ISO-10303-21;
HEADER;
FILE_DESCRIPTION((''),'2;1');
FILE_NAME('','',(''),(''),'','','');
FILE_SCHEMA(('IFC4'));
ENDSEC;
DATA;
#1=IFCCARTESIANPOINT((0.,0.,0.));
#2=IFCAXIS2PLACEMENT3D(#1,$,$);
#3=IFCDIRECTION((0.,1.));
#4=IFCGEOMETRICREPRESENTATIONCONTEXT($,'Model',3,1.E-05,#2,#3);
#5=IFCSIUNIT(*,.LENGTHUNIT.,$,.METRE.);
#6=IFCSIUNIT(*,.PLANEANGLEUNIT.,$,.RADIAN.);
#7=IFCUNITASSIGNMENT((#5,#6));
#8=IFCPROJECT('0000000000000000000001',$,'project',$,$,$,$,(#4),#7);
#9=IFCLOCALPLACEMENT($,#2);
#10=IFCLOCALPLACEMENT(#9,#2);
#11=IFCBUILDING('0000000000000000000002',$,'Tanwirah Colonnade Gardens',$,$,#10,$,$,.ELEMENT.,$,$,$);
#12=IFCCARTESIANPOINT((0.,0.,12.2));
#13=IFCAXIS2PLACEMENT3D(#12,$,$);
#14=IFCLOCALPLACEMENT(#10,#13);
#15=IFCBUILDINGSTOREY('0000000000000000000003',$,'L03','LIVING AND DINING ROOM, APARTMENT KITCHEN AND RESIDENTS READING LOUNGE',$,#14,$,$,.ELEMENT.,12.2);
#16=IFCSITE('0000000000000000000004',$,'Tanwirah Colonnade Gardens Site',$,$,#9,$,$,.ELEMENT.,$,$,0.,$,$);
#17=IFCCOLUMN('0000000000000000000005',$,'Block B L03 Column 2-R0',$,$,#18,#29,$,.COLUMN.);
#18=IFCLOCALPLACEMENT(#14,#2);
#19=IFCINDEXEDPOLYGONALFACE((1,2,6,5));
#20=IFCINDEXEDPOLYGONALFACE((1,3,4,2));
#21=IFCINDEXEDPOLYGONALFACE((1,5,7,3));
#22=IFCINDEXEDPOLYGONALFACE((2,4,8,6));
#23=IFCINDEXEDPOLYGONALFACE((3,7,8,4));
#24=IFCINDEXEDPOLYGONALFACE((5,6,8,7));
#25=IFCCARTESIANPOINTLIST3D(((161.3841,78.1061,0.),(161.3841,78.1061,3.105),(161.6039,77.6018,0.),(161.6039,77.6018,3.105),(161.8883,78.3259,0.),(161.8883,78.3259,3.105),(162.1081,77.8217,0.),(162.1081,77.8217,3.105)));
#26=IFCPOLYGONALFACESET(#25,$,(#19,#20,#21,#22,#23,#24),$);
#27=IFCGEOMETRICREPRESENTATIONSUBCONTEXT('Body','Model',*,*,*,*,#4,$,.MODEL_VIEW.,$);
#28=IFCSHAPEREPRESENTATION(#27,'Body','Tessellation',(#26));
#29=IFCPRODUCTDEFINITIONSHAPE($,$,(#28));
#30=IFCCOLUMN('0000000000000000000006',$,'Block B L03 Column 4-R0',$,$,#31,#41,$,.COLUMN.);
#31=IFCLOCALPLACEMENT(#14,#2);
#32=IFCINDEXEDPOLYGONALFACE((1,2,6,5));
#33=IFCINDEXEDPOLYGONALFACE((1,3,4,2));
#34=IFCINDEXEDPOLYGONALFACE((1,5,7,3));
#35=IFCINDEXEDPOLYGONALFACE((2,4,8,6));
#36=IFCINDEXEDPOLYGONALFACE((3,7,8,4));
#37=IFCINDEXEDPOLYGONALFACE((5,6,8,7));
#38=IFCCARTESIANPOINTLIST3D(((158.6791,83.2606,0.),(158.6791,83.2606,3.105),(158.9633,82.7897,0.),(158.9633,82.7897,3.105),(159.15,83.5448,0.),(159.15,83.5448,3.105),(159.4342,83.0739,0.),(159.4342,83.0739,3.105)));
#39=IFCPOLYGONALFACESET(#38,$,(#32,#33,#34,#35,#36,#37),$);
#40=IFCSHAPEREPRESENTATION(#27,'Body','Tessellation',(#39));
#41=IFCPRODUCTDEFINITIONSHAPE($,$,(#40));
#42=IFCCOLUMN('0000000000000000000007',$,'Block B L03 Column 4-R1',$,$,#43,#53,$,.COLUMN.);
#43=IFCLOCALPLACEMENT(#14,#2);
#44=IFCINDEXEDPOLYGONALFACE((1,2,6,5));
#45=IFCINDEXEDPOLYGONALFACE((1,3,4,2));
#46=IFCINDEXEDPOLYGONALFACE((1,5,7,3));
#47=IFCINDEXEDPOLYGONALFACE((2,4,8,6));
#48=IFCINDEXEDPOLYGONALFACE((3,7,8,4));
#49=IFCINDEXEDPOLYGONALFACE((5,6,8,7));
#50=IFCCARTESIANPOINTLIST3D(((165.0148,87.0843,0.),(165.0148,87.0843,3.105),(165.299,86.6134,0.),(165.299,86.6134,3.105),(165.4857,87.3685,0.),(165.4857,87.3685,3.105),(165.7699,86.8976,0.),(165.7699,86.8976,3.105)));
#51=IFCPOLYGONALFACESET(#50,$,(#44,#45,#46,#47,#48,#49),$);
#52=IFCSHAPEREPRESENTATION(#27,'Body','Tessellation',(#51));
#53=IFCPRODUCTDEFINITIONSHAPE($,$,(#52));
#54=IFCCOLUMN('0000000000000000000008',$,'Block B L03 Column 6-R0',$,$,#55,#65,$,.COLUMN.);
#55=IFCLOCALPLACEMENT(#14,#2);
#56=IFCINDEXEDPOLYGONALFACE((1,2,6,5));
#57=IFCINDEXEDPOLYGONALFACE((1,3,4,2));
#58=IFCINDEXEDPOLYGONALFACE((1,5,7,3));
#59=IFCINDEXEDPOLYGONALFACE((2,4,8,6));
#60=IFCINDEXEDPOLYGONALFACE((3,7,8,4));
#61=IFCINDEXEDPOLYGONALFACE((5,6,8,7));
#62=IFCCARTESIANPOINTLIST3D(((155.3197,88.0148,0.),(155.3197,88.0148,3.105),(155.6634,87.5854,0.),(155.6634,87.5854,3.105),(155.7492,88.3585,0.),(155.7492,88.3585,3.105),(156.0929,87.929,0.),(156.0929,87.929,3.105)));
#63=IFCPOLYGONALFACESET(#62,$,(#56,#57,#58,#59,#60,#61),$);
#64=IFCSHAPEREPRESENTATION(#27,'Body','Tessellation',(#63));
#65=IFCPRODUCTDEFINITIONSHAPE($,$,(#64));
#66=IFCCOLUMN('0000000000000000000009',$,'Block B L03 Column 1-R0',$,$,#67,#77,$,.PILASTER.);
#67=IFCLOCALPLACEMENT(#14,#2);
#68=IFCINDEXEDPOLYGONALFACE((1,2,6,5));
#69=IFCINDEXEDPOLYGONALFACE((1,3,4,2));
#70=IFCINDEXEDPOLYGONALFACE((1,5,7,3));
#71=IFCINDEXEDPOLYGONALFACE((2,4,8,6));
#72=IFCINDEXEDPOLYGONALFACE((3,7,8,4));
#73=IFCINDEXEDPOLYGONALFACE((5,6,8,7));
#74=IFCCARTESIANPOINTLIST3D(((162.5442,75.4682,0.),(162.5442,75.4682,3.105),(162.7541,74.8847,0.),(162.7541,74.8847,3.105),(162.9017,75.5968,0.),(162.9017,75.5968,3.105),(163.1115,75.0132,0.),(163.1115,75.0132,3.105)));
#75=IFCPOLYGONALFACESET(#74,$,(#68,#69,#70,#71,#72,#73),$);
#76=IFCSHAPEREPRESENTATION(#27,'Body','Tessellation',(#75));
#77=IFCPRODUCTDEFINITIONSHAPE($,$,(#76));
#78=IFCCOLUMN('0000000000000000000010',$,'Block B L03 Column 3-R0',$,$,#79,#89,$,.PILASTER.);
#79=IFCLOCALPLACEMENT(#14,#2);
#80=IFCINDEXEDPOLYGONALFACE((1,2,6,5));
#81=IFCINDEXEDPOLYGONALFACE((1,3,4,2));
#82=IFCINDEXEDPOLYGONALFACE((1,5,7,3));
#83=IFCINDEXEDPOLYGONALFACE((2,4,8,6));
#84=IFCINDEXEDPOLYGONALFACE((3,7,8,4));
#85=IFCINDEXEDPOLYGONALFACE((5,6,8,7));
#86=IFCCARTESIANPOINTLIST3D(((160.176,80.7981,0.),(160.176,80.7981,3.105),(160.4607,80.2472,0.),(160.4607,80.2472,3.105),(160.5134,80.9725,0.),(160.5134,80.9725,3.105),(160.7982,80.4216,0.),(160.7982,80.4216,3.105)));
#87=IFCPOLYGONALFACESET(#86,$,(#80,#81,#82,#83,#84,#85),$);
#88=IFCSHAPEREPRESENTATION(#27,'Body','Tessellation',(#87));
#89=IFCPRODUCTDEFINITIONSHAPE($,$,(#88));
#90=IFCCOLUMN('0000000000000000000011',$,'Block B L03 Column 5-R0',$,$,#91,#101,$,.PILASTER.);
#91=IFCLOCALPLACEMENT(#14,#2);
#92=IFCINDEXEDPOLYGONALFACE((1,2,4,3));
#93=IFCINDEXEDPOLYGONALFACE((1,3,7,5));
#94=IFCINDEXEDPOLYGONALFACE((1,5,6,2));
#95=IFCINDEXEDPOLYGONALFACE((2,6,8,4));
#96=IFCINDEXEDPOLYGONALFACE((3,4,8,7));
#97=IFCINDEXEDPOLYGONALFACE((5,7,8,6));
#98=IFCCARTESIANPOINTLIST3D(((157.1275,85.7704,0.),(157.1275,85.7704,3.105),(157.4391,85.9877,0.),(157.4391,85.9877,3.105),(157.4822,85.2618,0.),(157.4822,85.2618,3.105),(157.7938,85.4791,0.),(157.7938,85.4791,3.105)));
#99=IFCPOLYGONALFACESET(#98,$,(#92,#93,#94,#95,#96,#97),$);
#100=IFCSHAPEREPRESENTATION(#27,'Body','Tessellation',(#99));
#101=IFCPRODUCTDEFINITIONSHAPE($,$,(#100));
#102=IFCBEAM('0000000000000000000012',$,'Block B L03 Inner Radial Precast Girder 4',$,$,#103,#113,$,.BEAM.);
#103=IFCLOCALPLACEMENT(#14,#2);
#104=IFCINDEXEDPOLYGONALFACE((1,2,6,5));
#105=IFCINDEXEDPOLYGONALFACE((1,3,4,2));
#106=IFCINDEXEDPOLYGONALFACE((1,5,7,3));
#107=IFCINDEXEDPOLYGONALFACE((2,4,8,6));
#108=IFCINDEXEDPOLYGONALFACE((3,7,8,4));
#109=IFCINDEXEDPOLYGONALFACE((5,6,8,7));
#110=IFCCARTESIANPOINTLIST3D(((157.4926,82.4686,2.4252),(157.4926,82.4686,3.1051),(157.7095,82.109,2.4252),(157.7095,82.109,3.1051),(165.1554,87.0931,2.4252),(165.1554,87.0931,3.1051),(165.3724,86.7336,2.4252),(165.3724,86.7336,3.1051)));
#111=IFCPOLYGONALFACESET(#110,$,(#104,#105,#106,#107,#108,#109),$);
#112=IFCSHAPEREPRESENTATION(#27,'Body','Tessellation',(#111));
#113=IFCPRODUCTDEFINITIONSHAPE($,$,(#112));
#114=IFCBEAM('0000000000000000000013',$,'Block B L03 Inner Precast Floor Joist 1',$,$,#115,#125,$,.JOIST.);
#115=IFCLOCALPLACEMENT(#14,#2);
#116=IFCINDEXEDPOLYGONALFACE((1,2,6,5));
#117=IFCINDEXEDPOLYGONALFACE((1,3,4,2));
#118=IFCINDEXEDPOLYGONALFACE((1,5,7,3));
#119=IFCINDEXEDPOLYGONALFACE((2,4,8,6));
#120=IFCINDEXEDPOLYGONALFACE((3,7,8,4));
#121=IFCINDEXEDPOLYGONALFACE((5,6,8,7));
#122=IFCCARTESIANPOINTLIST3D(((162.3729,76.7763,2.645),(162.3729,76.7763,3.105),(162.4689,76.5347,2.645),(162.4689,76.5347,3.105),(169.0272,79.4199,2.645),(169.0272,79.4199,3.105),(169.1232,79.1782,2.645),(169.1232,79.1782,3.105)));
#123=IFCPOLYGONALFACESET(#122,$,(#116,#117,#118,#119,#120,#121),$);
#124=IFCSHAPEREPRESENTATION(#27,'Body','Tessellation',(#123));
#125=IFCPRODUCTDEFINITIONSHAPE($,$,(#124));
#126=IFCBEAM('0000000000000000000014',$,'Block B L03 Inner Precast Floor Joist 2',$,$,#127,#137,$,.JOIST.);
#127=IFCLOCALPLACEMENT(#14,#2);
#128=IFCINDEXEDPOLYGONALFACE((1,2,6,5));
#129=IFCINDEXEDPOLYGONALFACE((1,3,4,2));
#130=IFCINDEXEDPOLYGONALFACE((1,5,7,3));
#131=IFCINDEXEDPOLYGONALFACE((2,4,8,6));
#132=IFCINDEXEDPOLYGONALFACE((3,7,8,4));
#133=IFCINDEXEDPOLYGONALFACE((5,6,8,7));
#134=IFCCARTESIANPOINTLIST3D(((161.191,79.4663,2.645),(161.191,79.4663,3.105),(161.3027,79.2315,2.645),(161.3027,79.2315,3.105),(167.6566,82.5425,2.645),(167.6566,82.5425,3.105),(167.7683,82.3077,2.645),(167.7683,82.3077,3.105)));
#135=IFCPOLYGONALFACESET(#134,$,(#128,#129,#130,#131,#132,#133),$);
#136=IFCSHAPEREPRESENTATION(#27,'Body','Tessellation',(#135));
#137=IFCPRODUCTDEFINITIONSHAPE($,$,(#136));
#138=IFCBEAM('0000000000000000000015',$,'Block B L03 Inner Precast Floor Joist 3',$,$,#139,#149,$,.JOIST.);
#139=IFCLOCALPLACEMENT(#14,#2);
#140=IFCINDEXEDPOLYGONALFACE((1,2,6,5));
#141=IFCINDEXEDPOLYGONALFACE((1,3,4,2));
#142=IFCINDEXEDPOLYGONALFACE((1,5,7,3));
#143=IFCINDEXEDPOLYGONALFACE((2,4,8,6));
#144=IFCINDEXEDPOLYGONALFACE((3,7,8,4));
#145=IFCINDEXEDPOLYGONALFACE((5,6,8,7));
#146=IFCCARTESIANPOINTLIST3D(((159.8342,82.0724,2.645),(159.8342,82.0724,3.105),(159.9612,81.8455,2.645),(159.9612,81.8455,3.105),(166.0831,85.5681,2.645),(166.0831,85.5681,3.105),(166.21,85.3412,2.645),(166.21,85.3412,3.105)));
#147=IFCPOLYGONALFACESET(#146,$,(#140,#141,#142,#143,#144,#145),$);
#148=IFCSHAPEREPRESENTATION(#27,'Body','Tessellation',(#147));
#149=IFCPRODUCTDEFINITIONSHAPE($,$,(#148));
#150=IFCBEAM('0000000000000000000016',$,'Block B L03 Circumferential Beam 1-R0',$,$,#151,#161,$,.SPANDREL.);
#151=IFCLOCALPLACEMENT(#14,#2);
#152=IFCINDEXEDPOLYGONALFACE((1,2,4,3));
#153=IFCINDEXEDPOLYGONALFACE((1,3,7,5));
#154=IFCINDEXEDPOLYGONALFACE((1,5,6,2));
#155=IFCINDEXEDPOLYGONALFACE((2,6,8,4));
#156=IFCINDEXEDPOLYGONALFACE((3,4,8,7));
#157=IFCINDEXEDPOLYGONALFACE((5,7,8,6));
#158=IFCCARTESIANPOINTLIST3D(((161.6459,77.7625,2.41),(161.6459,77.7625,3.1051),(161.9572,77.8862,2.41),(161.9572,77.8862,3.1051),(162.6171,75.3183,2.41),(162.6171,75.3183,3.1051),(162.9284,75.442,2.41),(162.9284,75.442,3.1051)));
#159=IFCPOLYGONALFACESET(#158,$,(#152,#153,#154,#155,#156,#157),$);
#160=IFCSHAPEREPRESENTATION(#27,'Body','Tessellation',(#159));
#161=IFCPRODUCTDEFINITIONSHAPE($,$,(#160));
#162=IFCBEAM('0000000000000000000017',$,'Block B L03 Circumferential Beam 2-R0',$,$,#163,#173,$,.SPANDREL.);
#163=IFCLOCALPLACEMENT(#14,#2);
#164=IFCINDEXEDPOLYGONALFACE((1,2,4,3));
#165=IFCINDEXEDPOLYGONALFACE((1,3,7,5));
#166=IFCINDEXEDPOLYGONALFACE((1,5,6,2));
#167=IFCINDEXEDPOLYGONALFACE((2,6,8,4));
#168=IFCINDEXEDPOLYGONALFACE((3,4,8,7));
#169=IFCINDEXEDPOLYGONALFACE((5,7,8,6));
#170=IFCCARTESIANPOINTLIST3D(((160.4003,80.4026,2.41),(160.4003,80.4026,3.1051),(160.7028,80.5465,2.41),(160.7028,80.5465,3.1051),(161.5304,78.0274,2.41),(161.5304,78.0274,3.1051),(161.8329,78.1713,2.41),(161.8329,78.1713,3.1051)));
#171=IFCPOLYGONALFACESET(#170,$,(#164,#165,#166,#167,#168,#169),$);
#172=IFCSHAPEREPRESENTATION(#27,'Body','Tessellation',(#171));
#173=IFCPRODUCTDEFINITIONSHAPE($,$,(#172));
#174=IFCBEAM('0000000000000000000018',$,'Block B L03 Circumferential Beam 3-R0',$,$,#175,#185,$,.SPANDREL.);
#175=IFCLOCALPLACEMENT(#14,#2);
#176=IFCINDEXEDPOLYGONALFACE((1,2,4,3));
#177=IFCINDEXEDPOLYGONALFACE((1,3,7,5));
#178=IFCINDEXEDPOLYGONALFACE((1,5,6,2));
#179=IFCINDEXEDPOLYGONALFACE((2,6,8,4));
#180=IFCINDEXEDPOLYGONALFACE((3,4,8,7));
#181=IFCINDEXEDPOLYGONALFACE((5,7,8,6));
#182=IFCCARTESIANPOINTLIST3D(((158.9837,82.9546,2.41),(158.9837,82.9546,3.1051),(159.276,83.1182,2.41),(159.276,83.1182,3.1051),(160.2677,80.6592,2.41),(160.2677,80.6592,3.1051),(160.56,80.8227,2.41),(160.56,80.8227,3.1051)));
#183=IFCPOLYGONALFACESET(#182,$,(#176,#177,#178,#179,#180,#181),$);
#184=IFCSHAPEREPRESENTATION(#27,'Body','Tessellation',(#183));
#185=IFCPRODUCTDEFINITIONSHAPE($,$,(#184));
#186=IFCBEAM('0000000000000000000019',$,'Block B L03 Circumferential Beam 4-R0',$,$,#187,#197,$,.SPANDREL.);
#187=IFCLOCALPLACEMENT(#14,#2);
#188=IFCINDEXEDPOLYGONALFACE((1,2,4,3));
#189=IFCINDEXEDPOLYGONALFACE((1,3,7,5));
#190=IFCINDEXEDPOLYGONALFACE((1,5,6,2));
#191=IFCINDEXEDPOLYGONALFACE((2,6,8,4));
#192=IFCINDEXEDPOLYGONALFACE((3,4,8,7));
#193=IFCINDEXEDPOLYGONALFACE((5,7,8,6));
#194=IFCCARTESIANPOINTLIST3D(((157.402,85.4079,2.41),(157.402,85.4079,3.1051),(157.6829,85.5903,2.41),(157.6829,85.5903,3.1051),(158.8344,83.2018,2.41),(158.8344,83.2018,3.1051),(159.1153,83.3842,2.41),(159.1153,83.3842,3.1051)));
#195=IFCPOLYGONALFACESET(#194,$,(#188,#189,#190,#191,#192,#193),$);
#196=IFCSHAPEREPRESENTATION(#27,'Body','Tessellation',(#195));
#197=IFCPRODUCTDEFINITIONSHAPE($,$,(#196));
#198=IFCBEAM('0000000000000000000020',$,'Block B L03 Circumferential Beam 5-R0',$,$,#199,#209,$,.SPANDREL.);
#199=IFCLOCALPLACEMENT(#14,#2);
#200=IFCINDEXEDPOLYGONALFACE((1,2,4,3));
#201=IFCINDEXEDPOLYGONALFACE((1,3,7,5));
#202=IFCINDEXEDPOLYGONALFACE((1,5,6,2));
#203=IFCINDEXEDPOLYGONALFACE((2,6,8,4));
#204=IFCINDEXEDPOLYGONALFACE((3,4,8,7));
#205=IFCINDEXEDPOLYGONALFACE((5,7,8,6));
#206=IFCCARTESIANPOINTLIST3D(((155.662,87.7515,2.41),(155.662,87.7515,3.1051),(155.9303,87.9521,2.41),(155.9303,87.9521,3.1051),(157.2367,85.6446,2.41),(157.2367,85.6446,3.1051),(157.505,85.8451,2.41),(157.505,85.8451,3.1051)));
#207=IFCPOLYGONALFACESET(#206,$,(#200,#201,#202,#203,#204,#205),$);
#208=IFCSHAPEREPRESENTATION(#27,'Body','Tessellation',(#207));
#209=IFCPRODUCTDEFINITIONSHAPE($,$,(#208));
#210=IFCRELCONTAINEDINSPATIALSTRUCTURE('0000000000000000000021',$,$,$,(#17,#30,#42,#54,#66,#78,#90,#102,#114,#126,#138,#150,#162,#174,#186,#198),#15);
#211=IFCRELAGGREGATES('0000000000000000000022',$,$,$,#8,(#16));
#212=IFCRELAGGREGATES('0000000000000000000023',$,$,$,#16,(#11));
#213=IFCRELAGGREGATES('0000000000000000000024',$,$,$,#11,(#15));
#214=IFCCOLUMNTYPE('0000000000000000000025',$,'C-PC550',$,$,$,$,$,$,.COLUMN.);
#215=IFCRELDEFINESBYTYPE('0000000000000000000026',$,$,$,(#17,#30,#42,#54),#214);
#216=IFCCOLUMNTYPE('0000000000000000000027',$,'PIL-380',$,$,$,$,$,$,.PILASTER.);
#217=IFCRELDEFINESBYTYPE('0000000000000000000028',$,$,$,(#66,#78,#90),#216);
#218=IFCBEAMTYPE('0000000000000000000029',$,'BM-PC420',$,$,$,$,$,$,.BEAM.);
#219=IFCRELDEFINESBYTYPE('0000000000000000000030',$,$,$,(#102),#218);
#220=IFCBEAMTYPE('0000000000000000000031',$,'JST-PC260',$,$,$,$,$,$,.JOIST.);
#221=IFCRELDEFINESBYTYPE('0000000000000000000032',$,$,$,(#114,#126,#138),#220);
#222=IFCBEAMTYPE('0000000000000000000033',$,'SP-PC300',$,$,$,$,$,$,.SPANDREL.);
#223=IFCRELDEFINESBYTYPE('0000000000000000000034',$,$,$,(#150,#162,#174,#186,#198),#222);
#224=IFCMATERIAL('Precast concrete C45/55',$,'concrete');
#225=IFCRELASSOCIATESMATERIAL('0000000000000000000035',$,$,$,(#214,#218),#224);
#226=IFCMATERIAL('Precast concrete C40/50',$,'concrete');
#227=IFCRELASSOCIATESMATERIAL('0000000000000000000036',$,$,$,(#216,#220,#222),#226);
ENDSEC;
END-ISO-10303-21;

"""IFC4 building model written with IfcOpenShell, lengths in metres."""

from ifc_helpers import new_model, si_unit, direction, frame, origin, origin_2d, place, context, subcontext, project, spatial, rectangle, extrude, material, material_profile, profile_set, type_object, element, save


model = new_model("IFC4")

# Units and contexts
model_context = context("Model", 3, precision=1e-05, world=origin(), true_north=direction((0.0, 1.0)))
body_context = subcontext(model_context, "Body", "Model", "MODEL_VIEW")
ifc_project = project(units=[si_unit("LENGTHUNIT", "METRE"), si_unit("PLANEANGLEUNIT", "RADIAN")], contexts=[model_context])

# Site, building, storey
site_placement = place(None, origin())
site = spatial("IfcSite", under=ifc_project, at=site_placement, Name="Tanwirah Colonnade Gardens Site", CompositionType="ELEMENT", RefElevation=0.0)
building_placement = place(site_placement, origin())
building = spatial("IfcBuilding", under=site, at=building_placement, Name="Tanwirah Colonnade Gardens", CompositionType="ELEMENT")
storey_placement = place(building_placement, frame((0.0, 0.0, 12.2)))
storey = spatial("IfcBuildingStorey", under=building, at=storey_placement, Name="L03", Description="LIVING AND DINING ROOM, APARTMENT KITCHEN AND RESIDENTS READING LOUNGE", CompositionType="ELEMENT", Elevation=12.2)

# Columns
ifc_material_1 = material(Name="Precast concrete C45/55", Category="concrete")
ifc_material_profile_1 = material_profile(ifc_material_1, rectangle(XDim=0.55, YDim=0.55, at=origin_2d()), Name="PC-COL 550x550")
ifc_profile_set_1 = profile_set([ifc_material_profile_1], Name="Precast concrete C45/55")
column_type_1 = type_object("IfcColumnType", Name="C-PC550", PredefinedType="COLUMN", material=ifc_profile_set_1)
for number, where, z_axis, x_axis, name in (
    (1, (161.7461, 77.9639, 0.0), (0.0, 0.0, 1.0), (0.916673, 0.399638, 0.0), "Block B L03 Column 2-R0"),
    (2, (159.0566, 83.1672, 0.0), (0.0, 0.0, 1.0), (0.856167, 0.516699, 0.0), "Block B L03 Column 4-R0"),
    (3, (165.3923, 86.991, 0.0), (0.0, 0.0, 1.0), (0.856167, 0.516699, 0.0), "Block B L03 Column 4-R1"),
    (4, (155.7063, 87.9719, 0.0), (0.0, 0.0, 1.0), (0.780794, 0.624789, 0.0), "Block B L03 Column 6-R0"),
):
    element("IfcColumn", number, at=place(storey_placement, frame(where, z_axis=z_axis, x_axis=x_axis)), inside=storey, type_object=column_type_1, Name=name, PredefinedType="COLUMN", context=body_context, shape_type="SweptSolid", body=[
        extrude(rectangle(XDim=0.55, YDim=0.55, at=origin_2d()), origin(), (0.0, 0.0, 1.0), 3.105),
    ])
ifc_material_2 = material(Name="Precast concrete C40/50", Category="concrete")
ifc_material_profile_2 = material_profile(ifc_material_2, rectangle(XDim=0.3799, YDim=0.6201, at=origin_2d()), Name="PC-PIL 380x620")
ifc_profile_set_2 = profile_set([ifc_material_profile_2], Name="Precast concrete C40/50")
column_type_2 = type_object("IfcColumnType", Name="PIL-380", PredefinedType="PILASTER", material=ifc_profile_set_2)
for number, where, z_axis, x_axis, name in (
    (5, (162.8279, 75.2407, 0.0), (0.0, 0.0, 1.0), (0.941012, 0.338373, 0.0), "Block B L03 Column 1-R0"),
    (6, (160.4871, 80.6099, 0.0), (0.0, 0.0, 1.0), (0.88835, 0.459166, 0.0), "Block B L03 Column 3-R0"),
    (7, (157.4607, 85.6248, 0.0), (0.0, 0.0, 1.0), (0.820263, 0.571987, 0.0), "Block B L03 Column 5-R0"),
):
    element("IfcColumn", number, at=place(storey_placement, frame(where, z_axis=z_axis, x_axis=x_axis)), inside=storey, type_object=column_type_2, Name=name, PredefinedType="PILASTER", context=body_context, shape_type="SweptSolid", body=[
        extrude(rectangle(XDim=0.3799, YDim=0.6201, at=origin_2d()), origin(), (0.0, 0.0, 1.0), 3.105),
    ])

# Beams
ifc_material_profile_3 = material_profile(ifc_material_1, rectangle(XDim=0.4199, YDim=0.6799, at=origin_2d()), Name="PC-BM 420x680")
ifc_profile_set_3 = profile_set([ifc_material_profile_3], Name="Precast concrete C45/55")
beam_type_1 = type_object("IfcBeamType", Name="BM-PC420", PredefinedType="BEAM", material=ifc_profile_set_3)
beam_1_placement = place(storey_placement, frame((165.2639, 86.9133, 2.7651), z_axis=(-0.856169, -0.516696, 0.0), x_axis=(0.516696, -0.856169, 0.0)))
element("IfcBeam", 8, at=beam_1_placement, inside=storey, type_object=beam_type_1, Name="Block B L03 Inner Radial Precast Girder 4", PredefinedType="BEAM", context=body_context, shape_type="SweptSolid", body=[
    extrude(rectangle(XDim=0.4199, YDim=0.6799, at=origin_2d()), origin(), (0.0, 0.0, 1.0), 8.9502),
])
ifc_material_profile_4 = material_profile(ifc_material_2, rectangle(XDim=0.26, YDim=0.46, at=origin_2d()), Name="PC-JST 260x460")
ifc_profile_set_4 = profile_set([ifc_material_profile_4], Name="Precast concrete C40/50")
beam_type_2 = type_object("IfcBeamType", Name="JST-PC260", PredefinedType="JOIST", material=ifc_profile_set_4)
for number, where, z_axis, x_axis, name in (
    (9, (162.4209, 76.6555, 2.875), (0.929349, 0.369203, 0.0), (-0.369203, 0.929349, 0.0), "Block B L03 Inner Precast Floor Joist 1"),
    (10, (161.2468, 79.3489, 2.875), (0.903005, 0.429629, 0.0), (-0.429629, 0.903005, 0.0), "Block B L03 Inner Precast Floor Joist 2"),
    (11, (159.8977, 81.959, 2.875), (0.872727, 0.488209, 0.0), (-0.488209, 0.872727, 0.0), "Block B L03 Inner Precast Floor Joist 3"),
):
    element("IfcBeam", number, at=place(storey_placement, frame(where, z_axis=z_axis, x_axis=x_axis)), inside=storey, type_object=beam_type_2, Name=name, PredefinedType="JOIST", context=body_context, shape_type="SweptSolid", body=[
        extrude(rectangle(XDim=0.26, YDim=0.46, at=origin_2d()), origin(), (0.0, 0.0, 1.0), 7.1602),
    ])
ifc_material_profile_5 = material_profile(ifc_material_2, rectangle(XDim=0.335, YDim=0.6951, at=origin_2d()), Name="PC-SP 335x695")
ifc_profile_set_5 = profile_set([ifc_material_profile_5], Name="Precast concrete C40/50")
beam_type_3 = type_object("IfcBeamType", Name="SP-PC300", PredefinedType="SPANDREL", material=ifc_profile_set_5)
beam_2_placement = place(storey_placement, frame((162.7727, 75.3801, 2.7576), z_axis=(-0.369245, 0.929332, 0.0), x_axis=(-0.929332, -0.369245, 0.0)))
element("IfcBeam", 12, at=beam_2_placement, inside=storey, type_object=beam_type_3, Name="Block B L03 Circumferential Beam 1-R0", PredefinedType="SPANDREL", context=body_context, shape_type="SweptSolid", body=[
    extrude(rectangle(XDim=0.335, YDim=0.6951, at=origin_2d()), origin(), (0.0, 0.0, 1.0), 2.6301),
])
beam_3_placement = place(storey_placement, frame((161.6816, 78.0994, 2.7576), z_axis=(-0.429642, 0.902999, 0.0), x_axis=(-0.902999, -0.429642, 0.0)))
element("IfcBeam", 13, at=beam_3_placement, inside=storey, type_object=beam_type_3, Name="Block B L03 Circumferential Beam 2-R0", PredefinedType="SPANDREL", context=body_context, shape_type="SweptSolid", body=[
    extrude(rectangle(XDim=0.335, YDim=0.6951, at=origin_2d()), origin(), (0.0, 0.0, 1.0), 2.6304),
])
beam_4_placement = place(storey_placement, frame((160.4138, 80.741, 2.7576), z_axis=(-0.488171, 0.872748, 0.0), x_axis=(-0.872748, -0.488171, 0.0)))
element("IfcBeam", 14, at=beam_4_placement, inside=storey, type_object=beam_type_3, Name="Block B L03 Circumferential Beam 3-R0", PredefinedType="SPANDREL", context=body_context, shape_type="SweptSolid", body=[
    extrude(rectangle(XDim=0.335, YDim=0.6951, at=origin_2d()), origin(), (0.0, 0.0, 1.0), 2.6301),
])
for number, where, z_axis, x_axis, name in (
    (15, (158.9749, 83.293, 2.7576), (-0.544571, 0.838715, 0.0), (-0.838715, -0.544571, 0.0), "Block B L03 Circumferential Beam 4-R0"),
    (16, (157.3708, 85.7449, 2.7576), (-0.598663, 0.801001, 0.0), (-0.801001, -0.598663, 0.0), "Block B L03 Circumferential Beam 5-R0"),
):
    element("IfcBeam", number, at=place(storey_placement, frame(where, z_axis=z_axis, x_axis=x_axis)), inside=storey, type_object=beam_type_3, Name=name, PredefinedType="SPANDREL", context=body_context, shape_type="SweptSolid", body=[
        extrude(rectangle(XDim=0.335, YDim=0.6951, at=origin_2d()), origin(), (0.0, 0.0, 1.0), 2.6304),
    ])

save(model, "model.ifc")
